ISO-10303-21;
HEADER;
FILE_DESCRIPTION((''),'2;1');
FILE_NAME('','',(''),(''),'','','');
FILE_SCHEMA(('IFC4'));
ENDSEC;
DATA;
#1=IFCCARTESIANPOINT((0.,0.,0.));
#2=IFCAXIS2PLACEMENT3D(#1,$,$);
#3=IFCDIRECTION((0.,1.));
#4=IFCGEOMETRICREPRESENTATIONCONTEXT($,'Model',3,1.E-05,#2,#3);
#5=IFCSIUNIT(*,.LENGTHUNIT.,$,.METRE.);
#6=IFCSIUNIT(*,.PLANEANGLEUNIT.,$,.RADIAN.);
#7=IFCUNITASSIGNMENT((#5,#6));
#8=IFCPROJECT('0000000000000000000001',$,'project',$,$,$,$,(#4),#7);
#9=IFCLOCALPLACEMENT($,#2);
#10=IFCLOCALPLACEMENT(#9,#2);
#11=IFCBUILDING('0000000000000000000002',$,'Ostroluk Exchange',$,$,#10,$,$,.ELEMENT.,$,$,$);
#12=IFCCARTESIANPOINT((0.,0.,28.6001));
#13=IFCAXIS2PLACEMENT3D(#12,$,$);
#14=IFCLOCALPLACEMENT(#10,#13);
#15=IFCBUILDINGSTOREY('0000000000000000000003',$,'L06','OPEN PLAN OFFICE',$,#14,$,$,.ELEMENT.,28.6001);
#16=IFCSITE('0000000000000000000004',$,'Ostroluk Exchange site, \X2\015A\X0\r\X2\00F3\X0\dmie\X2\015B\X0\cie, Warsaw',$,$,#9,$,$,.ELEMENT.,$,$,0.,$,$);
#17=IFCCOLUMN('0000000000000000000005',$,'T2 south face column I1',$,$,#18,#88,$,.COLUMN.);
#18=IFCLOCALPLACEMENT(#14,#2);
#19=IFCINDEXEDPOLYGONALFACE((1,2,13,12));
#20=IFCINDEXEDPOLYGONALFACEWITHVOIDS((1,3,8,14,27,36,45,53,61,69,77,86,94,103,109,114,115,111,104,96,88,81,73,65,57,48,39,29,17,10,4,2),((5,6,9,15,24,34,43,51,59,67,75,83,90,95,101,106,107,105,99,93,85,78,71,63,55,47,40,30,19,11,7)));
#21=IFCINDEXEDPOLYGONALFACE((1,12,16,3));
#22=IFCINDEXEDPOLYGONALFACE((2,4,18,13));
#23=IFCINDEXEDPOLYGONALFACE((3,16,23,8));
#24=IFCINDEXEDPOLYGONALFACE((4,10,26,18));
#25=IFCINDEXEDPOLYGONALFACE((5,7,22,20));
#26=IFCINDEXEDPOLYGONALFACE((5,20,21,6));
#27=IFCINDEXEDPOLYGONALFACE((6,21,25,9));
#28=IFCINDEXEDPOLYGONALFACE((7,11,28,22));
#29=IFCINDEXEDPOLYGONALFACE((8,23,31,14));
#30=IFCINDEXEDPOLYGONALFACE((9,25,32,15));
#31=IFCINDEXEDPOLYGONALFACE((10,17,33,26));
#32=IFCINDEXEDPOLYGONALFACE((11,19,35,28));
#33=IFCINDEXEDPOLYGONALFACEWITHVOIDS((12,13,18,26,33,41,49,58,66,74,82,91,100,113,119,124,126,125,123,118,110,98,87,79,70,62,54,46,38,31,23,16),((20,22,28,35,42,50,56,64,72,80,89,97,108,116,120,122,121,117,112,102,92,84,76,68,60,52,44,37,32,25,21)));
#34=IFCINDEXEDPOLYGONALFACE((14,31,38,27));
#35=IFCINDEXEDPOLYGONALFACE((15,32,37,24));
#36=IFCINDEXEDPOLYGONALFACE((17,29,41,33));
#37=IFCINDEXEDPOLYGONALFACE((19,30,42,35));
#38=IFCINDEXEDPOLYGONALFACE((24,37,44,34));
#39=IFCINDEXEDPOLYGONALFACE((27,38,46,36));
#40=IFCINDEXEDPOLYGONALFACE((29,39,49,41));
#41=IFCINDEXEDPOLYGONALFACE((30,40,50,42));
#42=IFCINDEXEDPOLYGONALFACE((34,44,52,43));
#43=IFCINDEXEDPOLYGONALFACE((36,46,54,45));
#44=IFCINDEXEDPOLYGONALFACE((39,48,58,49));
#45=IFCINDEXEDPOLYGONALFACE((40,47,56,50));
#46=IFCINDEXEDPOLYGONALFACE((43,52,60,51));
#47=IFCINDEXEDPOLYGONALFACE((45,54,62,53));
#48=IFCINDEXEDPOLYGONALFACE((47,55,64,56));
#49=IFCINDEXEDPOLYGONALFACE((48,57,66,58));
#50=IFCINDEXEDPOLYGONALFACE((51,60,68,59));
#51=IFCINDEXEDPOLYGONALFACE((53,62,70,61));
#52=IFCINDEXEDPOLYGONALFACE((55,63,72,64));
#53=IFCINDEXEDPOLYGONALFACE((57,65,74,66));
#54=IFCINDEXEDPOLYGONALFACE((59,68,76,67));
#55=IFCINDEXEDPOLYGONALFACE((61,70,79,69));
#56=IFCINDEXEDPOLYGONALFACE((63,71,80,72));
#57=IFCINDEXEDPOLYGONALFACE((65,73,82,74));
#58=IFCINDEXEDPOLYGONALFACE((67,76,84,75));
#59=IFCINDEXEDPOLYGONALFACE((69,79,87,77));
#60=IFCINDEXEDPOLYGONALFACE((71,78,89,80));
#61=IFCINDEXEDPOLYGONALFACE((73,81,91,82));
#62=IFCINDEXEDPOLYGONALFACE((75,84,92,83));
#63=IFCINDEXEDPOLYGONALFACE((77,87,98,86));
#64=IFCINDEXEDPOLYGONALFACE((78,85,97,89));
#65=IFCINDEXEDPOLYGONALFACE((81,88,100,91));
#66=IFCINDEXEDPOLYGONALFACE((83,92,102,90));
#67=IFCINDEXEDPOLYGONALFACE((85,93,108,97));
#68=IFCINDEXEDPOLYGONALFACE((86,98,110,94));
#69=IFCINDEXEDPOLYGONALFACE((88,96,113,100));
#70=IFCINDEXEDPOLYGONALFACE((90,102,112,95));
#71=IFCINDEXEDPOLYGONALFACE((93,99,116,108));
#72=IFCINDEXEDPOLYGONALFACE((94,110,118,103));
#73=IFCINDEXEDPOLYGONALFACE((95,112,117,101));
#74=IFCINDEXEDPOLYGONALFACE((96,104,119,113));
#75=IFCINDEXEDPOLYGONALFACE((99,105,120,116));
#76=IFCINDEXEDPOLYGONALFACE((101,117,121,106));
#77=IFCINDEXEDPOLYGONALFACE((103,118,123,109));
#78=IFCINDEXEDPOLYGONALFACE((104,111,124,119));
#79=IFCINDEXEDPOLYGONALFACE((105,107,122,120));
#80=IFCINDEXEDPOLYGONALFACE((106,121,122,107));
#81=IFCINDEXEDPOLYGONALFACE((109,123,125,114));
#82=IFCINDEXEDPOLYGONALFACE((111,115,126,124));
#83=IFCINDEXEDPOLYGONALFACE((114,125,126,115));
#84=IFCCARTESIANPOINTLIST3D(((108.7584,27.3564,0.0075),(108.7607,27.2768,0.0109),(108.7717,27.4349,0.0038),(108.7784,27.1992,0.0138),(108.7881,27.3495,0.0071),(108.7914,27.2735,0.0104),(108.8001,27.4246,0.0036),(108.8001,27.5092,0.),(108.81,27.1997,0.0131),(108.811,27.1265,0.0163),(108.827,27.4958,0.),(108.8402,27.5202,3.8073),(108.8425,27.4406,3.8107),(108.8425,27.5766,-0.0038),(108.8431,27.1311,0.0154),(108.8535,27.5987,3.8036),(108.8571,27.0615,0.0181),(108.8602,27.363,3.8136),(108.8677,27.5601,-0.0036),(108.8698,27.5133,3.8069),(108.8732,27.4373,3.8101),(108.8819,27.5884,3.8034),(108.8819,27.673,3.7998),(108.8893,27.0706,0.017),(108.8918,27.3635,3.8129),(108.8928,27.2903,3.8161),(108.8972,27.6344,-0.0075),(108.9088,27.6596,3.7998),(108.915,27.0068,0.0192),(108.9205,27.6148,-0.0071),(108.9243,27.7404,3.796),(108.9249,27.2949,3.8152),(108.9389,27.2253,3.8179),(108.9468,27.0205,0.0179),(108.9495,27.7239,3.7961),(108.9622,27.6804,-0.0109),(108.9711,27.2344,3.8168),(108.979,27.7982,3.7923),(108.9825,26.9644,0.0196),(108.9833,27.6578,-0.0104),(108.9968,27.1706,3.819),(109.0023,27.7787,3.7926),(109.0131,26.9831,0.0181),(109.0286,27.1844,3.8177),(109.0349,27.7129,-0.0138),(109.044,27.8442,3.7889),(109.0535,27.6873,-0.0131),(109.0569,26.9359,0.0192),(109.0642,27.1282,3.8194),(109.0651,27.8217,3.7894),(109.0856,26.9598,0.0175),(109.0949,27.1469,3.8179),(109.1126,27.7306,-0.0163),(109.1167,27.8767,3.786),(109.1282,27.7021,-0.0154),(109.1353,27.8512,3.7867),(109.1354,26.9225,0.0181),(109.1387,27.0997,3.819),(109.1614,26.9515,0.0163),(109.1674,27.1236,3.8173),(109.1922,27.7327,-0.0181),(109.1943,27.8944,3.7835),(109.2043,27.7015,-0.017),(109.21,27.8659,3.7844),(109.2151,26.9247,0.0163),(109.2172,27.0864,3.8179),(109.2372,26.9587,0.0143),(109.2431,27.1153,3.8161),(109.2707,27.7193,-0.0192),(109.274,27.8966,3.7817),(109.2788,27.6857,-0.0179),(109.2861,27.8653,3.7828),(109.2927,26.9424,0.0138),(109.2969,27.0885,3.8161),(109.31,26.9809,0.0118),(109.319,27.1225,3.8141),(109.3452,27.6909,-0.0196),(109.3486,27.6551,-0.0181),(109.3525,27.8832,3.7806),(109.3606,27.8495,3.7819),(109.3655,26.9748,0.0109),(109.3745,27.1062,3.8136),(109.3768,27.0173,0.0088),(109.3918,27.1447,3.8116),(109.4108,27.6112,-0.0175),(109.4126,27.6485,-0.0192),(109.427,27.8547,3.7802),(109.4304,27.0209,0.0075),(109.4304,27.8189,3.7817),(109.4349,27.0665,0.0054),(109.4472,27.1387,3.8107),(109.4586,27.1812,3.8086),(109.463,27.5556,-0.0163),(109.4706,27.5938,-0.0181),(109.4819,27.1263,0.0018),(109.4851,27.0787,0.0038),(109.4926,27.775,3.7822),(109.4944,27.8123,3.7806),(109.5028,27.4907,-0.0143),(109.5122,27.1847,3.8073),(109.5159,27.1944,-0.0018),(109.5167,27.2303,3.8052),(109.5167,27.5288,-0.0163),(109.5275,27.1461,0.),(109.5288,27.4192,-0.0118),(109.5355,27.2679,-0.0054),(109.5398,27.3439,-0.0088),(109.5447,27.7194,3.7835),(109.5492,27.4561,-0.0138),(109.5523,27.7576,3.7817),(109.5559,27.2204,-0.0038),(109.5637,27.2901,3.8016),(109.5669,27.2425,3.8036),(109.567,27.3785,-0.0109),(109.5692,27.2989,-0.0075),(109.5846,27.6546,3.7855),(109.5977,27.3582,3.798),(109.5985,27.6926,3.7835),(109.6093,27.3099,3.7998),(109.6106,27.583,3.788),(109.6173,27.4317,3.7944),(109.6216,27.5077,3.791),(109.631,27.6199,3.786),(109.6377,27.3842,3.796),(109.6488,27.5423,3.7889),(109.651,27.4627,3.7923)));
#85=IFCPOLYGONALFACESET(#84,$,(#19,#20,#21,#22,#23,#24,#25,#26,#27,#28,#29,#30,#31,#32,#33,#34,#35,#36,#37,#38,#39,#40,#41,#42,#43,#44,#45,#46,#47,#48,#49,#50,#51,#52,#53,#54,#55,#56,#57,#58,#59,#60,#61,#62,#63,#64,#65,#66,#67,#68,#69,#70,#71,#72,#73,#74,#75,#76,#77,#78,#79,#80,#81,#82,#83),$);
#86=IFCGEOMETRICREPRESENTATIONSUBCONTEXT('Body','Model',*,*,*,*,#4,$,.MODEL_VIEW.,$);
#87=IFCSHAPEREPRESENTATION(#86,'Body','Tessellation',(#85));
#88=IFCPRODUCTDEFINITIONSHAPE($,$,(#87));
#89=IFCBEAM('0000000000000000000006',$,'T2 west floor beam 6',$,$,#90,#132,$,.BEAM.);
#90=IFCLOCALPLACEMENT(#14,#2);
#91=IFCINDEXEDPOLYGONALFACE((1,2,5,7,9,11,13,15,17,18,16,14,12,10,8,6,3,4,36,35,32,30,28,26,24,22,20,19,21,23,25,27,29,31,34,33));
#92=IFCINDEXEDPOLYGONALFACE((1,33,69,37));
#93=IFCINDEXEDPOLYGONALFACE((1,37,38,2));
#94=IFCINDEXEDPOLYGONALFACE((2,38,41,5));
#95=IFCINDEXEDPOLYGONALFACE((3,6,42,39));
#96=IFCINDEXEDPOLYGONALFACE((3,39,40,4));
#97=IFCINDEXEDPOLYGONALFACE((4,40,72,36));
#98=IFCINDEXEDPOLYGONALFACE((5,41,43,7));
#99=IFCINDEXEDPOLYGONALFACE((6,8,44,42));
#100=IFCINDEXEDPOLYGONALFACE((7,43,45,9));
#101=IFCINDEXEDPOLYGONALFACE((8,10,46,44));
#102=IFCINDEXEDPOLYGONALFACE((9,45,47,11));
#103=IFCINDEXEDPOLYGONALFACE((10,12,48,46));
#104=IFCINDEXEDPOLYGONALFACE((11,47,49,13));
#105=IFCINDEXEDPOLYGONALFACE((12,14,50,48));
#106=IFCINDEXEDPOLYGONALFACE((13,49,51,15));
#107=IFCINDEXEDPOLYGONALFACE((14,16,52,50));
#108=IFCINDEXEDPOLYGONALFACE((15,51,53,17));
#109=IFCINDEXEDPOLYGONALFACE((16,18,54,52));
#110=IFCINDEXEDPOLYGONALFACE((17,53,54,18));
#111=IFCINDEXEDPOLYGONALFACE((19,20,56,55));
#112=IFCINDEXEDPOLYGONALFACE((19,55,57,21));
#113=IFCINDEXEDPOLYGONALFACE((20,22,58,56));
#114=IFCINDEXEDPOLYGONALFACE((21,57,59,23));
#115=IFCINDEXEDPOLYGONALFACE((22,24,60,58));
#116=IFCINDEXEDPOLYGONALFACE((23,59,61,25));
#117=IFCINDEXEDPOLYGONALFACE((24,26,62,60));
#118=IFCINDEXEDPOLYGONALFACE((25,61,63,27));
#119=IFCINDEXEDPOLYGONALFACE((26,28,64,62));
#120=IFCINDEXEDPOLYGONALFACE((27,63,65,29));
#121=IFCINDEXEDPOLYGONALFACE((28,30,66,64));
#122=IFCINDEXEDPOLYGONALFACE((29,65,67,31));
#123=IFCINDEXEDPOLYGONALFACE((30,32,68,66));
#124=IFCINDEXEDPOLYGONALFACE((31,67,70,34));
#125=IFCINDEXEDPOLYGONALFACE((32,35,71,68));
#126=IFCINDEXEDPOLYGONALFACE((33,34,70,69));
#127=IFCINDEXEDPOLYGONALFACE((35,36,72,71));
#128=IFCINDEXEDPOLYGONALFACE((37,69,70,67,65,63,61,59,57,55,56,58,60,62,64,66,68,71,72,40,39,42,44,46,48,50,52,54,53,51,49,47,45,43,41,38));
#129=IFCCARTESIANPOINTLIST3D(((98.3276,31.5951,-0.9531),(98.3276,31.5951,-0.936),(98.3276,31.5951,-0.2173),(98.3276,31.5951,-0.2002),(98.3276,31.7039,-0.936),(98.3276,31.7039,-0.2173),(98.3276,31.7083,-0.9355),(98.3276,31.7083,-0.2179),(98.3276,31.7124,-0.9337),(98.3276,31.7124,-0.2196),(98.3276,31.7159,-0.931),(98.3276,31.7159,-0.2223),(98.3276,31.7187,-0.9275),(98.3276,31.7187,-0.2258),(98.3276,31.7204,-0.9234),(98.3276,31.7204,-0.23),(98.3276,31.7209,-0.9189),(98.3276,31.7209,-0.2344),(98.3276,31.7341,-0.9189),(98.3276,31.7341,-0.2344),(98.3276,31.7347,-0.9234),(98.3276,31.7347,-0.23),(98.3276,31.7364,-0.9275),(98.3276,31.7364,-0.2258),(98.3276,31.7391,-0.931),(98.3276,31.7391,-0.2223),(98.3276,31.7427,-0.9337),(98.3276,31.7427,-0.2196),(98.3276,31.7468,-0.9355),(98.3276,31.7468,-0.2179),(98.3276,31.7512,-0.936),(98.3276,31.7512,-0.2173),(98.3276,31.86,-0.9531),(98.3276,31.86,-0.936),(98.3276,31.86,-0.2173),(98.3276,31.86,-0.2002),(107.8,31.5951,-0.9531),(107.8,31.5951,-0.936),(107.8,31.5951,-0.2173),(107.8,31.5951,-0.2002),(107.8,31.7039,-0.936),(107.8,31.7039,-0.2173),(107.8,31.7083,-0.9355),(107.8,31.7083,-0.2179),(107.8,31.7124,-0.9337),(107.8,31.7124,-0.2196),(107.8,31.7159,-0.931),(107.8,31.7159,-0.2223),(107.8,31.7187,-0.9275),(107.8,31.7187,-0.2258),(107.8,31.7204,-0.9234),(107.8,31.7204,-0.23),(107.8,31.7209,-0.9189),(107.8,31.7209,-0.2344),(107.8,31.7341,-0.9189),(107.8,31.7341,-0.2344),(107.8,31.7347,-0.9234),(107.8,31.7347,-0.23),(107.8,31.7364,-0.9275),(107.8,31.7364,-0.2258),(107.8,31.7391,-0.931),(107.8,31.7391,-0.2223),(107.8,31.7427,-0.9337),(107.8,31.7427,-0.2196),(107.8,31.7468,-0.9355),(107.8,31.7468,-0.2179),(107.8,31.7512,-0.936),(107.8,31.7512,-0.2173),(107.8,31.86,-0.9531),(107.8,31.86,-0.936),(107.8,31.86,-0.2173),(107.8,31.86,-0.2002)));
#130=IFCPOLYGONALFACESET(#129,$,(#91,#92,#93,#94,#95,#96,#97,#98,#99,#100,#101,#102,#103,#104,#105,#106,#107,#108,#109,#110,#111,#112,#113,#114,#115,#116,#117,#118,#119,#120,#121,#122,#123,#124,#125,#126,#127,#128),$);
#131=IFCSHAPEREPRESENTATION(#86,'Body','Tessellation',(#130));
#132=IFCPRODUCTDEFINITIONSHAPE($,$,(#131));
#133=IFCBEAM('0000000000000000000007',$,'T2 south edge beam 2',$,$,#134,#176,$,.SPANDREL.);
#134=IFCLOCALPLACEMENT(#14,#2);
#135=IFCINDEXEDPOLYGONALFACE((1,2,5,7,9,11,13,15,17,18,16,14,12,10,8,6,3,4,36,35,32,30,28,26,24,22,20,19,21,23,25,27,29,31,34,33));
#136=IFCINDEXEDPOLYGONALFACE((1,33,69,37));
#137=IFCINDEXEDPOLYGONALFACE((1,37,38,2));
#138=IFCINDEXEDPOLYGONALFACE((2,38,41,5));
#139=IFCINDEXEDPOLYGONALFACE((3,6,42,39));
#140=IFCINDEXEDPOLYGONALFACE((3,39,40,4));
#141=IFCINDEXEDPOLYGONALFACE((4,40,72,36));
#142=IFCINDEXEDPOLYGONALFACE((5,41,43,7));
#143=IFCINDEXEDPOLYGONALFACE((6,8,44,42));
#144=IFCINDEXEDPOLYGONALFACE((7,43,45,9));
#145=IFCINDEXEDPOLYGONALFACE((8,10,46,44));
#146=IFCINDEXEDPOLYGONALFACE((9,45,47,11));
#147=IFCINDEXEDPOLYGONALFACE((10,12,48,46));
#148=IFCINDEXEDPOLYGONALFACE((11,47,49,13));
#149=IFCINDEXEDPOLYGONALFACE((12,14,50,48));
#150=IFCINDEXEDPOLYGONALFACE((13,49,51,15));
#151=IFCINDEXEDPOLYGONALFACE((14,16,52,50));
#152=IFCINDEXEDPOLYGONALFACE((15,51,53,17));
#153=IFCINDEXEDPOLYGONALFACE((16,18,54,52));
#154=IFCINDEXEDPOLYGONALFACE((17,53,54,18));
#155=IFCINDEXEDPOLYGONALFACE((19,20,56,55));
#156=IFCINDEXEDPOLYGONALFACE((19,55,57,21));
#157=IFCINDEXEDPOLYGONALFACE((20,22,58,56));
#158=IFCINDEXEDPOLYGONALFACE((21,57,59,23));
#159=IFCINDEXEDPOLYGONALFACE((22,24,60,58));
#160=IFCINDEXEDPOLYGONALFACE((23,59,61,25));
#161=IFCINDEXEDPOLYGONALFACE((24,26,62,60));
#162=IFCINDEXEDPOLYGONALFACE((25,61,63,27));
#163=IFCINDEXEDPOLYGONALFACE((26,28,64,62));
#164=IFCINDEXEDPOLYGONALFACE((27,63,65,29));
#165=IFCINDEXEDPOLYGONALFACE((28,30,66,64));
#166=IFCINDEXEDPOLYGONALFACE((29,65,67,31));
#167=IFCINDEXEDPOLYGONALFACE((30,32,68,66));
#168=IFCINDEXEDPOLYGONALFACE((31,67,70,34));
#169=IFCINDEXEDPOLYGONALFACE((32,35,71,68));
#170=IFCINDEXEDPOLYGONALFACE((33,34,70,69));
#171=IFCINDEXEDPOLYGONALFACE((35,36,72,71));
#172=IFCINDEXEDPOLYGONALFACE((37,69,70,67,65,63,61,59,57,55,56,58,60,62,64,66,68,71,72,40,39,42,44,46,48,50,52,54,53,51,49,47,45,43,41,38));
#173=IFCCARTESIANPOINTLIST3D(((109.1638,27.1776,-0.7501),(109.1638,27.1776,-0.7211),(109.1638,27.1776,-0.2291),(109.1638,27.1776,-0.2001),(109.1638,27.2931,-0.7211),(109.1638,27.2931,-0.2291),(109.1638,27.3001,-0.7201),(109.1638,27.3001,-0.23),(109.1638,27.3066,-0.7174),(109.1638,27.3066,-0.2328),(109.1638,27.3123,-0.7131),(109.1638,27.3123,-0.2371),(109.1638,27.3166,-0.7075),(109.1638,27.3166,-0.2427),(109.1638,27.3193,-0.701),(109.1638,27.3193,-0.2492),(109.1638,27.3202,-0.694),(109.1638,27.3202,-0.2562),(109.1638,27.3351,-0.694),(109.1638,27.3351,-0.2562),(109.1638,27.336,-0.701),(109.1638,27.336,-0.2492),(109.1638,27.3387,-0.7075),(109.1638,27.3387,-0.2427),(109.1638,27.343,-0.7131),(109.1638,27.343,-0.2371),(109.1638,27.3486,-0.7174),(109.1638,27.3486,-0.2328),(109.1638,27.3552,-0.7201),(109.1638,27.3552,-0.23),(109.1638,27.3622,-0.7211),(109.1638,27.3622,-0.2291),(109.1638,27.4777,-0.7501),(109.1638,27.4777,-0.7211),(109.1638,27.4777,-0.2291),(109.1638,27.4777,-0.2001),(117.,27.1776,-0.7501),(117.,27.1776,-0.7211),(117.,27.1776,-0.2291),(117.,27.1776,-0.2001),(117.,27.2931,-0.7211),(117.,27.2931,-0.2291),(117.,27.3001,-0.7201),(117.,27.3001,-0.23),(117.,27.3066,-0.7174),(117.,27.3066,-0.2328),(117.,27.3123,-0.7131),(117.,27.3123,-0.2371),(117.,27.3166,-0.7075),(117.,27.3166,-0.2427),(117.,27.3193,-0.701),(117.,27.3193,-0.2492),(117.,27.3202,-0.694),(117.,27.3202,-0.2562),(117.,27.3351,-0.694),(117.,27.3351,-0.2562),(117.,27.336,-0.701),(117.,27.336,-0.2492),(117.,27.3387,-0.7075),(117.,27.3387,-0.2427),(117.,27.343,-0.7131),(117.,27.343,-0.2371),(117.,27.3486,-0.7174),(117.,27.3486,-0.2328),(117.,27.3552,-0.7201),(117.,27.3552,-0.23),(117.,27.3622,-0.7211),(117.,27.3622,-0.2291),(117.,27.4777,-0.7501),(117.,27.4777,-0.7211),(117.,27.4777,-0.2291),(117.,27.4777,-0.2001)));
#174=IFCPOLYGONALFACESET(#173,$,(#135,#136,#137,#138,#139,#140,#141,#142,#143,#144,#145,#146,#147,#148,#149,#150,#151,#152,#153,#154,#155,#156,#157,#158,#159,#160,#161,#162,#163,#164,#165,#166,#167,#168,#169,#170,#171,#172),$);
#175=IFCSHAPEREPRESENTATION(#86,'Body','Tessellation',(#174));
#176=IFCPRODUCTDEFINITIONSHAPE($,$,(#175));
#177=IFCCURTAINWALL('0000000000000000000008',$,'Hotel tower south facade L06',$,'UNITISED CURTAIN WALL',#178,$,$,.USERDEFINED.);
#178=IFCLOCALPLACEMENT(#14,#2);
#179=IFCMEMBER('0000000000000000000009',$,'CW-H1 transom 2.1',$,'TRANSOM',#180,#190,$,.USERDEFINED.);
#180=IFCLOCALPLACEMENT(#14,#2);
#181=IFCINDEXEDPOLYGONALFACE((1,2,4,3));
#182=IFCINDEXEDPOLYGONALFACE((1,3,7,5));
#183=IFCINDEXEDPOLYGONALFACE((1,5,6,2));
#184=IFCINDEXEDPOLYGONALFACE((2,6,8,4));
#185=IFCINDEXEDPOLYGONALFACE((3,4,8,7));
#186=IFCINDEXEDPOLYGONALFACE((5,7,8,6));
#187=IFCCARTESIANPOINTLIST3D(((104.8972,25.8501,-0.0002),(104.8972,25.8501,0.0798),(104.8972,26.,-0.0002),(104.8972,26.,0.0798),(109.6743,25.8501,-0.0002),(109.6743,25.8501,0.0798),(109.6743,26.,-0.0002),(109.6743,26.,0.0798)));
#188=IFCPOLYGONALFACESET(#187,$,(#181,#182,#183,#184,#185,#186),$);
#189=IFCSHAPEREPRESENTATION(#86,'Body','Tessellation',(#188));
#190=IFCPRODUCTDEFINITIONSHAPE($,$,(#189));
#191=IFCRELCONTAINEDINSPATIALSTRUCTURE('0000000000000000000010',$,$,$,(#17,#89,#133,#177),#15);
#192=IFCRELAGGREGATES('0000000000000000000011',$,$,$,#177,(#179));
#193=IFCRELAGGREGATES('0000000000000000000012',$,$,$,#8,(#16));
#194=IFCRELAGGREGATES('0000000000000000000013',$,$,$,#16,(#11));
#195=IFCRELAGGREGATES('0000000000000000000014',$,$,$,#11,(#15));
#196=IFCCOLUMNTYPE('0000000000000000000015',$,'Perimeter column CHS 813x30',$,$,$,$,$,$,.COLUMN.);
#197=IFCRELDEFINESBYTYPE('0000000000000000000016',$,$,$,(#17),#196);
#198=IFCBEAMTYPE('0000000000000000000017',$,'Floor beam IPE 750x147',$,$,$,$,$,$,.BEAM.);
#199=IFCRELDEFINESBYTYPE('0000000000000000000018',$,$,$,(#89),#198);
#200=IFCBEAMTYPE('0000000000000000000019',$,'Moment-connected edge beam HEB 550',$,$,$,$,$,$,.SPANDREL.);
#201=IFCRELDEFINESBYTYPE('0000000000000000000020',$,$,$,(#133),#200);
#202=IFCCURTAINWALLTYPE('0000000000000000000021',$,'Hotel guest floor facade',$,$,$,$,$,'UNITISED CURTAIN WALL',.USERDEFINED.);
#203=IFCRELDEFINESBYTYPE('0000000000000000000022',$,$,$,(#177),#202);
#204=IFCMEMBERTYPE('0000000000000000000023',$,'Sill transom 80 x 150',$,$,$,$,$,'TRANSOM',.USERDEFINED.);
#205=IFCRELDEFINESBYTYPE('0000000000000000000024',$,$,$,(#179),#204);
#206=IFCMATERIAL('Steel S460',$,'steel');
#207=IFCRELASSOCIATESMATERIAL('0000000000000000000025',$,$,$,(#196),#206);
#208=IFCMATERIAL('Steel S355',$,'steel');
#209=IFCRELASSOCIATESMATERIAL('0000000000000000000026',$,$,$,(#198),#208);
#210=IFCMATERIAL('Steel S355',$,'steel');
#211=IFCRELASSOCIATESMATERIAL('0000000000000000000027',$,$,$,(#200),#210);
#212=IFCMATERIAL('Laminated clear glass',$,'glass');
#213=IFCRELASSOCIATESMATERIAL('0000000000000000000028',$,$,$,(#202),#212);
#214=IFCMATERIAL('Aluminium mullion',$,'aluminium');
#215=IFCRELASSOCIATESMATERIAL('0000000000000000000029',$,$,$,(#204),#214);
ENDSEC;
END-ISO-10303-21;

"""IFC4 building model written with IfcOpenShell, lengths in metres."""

from ifc_helpers import new_model, si_unit, direction, frame, origin, origin_2d, place, context, subcontext, project, spatial, rectangle, hollow_circle, i_section, extrude, material, material_profile, profile_set, type_object, element, aggregate, save


model = new_model("IFC4")

# Units and contexts
model_context = context("Model", 3, precision=1e-05, world=origin(), true_north=direction((0.0, 1.0)))
body_context = subcontext(model_context, "Body", "Model", "MODEL_VIEW")
ifc_project = project(units=[si_unit("LENGTHUNIT", "METRE"), si_unit("PLANEANGLEUNIT", "RADIAN")], contexts=[model_context])

# Site, building, storey
site_placement = place(None, origin())
site = spatial("IfcSite", under=ifc_project, at=site_placement, Name="Ostroluk Exchange site, Śródmieście, Warsaw", CompositionType="ELEMENT", RefElevation=0.0)
building_placement = place(site_placement, origin())
building = spatial("IfcBuilding", under=site, at=building_placement, Name="Ostroluk Exchange", CompositionType="ELEMENT")
storey_placement = place(building_placement, frame((0.0, 0.0, 28.6001)))
storey = spatial("IfcBuildingStorey", under=building, at=storey_placement, Name="L06", Description="OPEN PLAN OFFICE", CompositionType="ELEMENT", Elevation=28.6001)

# Column
ifc_material_1 = material(Name="Steel S460", Category="steel")
ifc_material_profile_1 = material_profile(ifc_material_1, hollow_circle(Radius=0.4065, WallThickness=0.03, at=origin_2d()), Name="CHS 813x30")
ifc_profile_set_1 = profile_set([ifc_material_profile_1], Name="Steel S460")
column_type = type_object("IfcColumnType", Name="Perimeter column CHS 813x30", PredefinedType="COLUMN", material=ifc_profile_set_1)
column_placement = place(storey_placement, frame((109.1638, 27.3276, 0.0), z_axis=(0.021499, 0.043062, 0.998841), x_axis=(-0.894694, 0.44668, 0.0)))
element("IfcColumn", 1, at=column_placement, inside=storey, type_object=column_type, Name="T2 south face column I1", PredefinedType="COLUMN", context=body_context, shape_type="SweptSolid", body=[
    extrude(hollow_circle(Radius=0.4065, WallThickness=0.03, at=origin_2d()), origin(), (0.0, 0.0, 1.0), 3.8042),
])

# Beams
ifc_material_2 = material(Name="Steel S355", Category="steel")
ifc_material_profile_2 = material_profile(ifc_material_2, i_section(OverallWidth=0.2649, OverallDepth=0.7529, WebThickness=0.0132, FlangeThickness=0.0171, FilletRadius=0.0171, at=origin_2d()), Name="IPE 750x147")
ifc_profile_set_2 = profile_set([ifc_material_profile_2], Name="Steel S355")
beam_type_1 = type_object("IfcBeamType", Name="Floor beam IPE 750x147", PredefinedType="BEAM", material=ifc_profile_set_2)
beam_1_placement = place(storey_placement, frame((107.8, 31.7275, -0.5767), z_axis=(-1.0, 0.0, 0.0), x_axis=(0.0, -1.0, 0.0)))
element("IfcBeam", 2, at=beam_1_placement, inside=storey, type_object=beam_type_1, Name="T2 west floor beam 6", PredefinedType="BEAM", context=body_context, shape_type="SweptSolid", body=[
    extrude(i_section(OverallWidth=0.2649, OverallDepth=0.7529, WebThickness=0.0132, FlangeThickness=0.0171, FilletRadius=0.0171, at=origin_2d()), origin(), (0.0, 0.0, 1.0), 9.4724),
])
ifc_material_3 = material(Name="Steel S355", Category="steel")
ifc_material_profile_3 = material_profile(ifc_material_3, i_section(OverallWidth=0.3, OverallDepth=0.55, WebThickness=0.0149, FlangeThickness=0.0291, FilletRadius=0.0271, at=origin_2d()), Name="HEB 550")
ifc_profile_set_3 = profile_set([ifc_material_profile_3], Name="Steel S355")
beam_type_2 = type_object("IfcBeamType", Name="Moment-connected edge beam HEB 550", PredefinedType="SPANDREL", material=ifc_profile_set_3)
beam_2_placement = place(storey_placement, frame((109.1638, 27.3276, -0.4751), z_axis=(1.0, 0.0, 0.0), x_axis=(0.0, 1.0, 0.0)))
element("IfcBeam", 3, at=beam_2_placement, inside=storey, type_object=beam_type_2, Name="T2 south edge beam 2", PredefinedType="SPANDREL", context=body_context, shape_type="SweptSolid", body=[
    extrude(i_section(OverallWidth=0.3, OverallDepth=0.55, WebThickness=0.0149, FlangeThickness=0.0291, FilletRadius=0.0271, at=origin_2d()), origin(), (0.0, 0.0, 1.0), 7.8362),
])

# Curtain wall, member
ifc_material_4 = material(Name="Laminated clear glass", Category="glass")
curtain_wall_type = type_object("IfcCurtainWallType", Name="Hotel guest floor facade", ElementType="UNITISED CURTAIN WALL", PredefinedType="USERDEFINED", material=ifc_material_4)
curtain_wall_placement = place(storey_placement, origin())
curtain_wall = element("IfcCurtainWall", 4, at=curtain_wall_placement, inside=storey, type_object=curtain_wall_type, Name="Hotel tower south facade L06", ObjectType="UNITISED CURTAIN WALL", PredefinedType="USERDEFINED")
ifc_material_5 = material(Name="Aluminium mullion", Category="aluminium")
ifc_material_profile_4 = material_profile(ifc_material_5, rectangle(XDim=0.1499, YDim=0.0801, at=origin_2d()), Name="Sill transom 80 x 150")
ifc_profile_set_4 = profile_set([ifc_material_profile_4], Name="Aluminium mullion")
member_type_1 = type_object("IfcMemberType", Name="Sill transom 80 x 150", ElementType="TRANSOM", PredefinedType="USERDEFINED", material=ifc_profile_set_4)
member_1_placement = place(storey_placement, frame((104.8972, 25.925, 0.0398), z_axis=(1.0, 0.0, 0.0), x_axis=(0.0, 1.0, 0.0)))
member_1 = element("IfcMember", 5, at=member_1_placement, type_object=member_type_1, Name="CW-H1 transom 2.1", ObjectType="TRANSOM", PredefinedType="USERDEFINED", context=body_context, shape_type="SweptSolid", body=[
    extrude(rectangle(XDim=0.1499, YDim=0.0801, at=origin_2d()), origin(), (0.0, 0.0, 1.0), 4.7771),
])
aggregate(curtain_wall, [member_1])

save(model, "model.ifc")
